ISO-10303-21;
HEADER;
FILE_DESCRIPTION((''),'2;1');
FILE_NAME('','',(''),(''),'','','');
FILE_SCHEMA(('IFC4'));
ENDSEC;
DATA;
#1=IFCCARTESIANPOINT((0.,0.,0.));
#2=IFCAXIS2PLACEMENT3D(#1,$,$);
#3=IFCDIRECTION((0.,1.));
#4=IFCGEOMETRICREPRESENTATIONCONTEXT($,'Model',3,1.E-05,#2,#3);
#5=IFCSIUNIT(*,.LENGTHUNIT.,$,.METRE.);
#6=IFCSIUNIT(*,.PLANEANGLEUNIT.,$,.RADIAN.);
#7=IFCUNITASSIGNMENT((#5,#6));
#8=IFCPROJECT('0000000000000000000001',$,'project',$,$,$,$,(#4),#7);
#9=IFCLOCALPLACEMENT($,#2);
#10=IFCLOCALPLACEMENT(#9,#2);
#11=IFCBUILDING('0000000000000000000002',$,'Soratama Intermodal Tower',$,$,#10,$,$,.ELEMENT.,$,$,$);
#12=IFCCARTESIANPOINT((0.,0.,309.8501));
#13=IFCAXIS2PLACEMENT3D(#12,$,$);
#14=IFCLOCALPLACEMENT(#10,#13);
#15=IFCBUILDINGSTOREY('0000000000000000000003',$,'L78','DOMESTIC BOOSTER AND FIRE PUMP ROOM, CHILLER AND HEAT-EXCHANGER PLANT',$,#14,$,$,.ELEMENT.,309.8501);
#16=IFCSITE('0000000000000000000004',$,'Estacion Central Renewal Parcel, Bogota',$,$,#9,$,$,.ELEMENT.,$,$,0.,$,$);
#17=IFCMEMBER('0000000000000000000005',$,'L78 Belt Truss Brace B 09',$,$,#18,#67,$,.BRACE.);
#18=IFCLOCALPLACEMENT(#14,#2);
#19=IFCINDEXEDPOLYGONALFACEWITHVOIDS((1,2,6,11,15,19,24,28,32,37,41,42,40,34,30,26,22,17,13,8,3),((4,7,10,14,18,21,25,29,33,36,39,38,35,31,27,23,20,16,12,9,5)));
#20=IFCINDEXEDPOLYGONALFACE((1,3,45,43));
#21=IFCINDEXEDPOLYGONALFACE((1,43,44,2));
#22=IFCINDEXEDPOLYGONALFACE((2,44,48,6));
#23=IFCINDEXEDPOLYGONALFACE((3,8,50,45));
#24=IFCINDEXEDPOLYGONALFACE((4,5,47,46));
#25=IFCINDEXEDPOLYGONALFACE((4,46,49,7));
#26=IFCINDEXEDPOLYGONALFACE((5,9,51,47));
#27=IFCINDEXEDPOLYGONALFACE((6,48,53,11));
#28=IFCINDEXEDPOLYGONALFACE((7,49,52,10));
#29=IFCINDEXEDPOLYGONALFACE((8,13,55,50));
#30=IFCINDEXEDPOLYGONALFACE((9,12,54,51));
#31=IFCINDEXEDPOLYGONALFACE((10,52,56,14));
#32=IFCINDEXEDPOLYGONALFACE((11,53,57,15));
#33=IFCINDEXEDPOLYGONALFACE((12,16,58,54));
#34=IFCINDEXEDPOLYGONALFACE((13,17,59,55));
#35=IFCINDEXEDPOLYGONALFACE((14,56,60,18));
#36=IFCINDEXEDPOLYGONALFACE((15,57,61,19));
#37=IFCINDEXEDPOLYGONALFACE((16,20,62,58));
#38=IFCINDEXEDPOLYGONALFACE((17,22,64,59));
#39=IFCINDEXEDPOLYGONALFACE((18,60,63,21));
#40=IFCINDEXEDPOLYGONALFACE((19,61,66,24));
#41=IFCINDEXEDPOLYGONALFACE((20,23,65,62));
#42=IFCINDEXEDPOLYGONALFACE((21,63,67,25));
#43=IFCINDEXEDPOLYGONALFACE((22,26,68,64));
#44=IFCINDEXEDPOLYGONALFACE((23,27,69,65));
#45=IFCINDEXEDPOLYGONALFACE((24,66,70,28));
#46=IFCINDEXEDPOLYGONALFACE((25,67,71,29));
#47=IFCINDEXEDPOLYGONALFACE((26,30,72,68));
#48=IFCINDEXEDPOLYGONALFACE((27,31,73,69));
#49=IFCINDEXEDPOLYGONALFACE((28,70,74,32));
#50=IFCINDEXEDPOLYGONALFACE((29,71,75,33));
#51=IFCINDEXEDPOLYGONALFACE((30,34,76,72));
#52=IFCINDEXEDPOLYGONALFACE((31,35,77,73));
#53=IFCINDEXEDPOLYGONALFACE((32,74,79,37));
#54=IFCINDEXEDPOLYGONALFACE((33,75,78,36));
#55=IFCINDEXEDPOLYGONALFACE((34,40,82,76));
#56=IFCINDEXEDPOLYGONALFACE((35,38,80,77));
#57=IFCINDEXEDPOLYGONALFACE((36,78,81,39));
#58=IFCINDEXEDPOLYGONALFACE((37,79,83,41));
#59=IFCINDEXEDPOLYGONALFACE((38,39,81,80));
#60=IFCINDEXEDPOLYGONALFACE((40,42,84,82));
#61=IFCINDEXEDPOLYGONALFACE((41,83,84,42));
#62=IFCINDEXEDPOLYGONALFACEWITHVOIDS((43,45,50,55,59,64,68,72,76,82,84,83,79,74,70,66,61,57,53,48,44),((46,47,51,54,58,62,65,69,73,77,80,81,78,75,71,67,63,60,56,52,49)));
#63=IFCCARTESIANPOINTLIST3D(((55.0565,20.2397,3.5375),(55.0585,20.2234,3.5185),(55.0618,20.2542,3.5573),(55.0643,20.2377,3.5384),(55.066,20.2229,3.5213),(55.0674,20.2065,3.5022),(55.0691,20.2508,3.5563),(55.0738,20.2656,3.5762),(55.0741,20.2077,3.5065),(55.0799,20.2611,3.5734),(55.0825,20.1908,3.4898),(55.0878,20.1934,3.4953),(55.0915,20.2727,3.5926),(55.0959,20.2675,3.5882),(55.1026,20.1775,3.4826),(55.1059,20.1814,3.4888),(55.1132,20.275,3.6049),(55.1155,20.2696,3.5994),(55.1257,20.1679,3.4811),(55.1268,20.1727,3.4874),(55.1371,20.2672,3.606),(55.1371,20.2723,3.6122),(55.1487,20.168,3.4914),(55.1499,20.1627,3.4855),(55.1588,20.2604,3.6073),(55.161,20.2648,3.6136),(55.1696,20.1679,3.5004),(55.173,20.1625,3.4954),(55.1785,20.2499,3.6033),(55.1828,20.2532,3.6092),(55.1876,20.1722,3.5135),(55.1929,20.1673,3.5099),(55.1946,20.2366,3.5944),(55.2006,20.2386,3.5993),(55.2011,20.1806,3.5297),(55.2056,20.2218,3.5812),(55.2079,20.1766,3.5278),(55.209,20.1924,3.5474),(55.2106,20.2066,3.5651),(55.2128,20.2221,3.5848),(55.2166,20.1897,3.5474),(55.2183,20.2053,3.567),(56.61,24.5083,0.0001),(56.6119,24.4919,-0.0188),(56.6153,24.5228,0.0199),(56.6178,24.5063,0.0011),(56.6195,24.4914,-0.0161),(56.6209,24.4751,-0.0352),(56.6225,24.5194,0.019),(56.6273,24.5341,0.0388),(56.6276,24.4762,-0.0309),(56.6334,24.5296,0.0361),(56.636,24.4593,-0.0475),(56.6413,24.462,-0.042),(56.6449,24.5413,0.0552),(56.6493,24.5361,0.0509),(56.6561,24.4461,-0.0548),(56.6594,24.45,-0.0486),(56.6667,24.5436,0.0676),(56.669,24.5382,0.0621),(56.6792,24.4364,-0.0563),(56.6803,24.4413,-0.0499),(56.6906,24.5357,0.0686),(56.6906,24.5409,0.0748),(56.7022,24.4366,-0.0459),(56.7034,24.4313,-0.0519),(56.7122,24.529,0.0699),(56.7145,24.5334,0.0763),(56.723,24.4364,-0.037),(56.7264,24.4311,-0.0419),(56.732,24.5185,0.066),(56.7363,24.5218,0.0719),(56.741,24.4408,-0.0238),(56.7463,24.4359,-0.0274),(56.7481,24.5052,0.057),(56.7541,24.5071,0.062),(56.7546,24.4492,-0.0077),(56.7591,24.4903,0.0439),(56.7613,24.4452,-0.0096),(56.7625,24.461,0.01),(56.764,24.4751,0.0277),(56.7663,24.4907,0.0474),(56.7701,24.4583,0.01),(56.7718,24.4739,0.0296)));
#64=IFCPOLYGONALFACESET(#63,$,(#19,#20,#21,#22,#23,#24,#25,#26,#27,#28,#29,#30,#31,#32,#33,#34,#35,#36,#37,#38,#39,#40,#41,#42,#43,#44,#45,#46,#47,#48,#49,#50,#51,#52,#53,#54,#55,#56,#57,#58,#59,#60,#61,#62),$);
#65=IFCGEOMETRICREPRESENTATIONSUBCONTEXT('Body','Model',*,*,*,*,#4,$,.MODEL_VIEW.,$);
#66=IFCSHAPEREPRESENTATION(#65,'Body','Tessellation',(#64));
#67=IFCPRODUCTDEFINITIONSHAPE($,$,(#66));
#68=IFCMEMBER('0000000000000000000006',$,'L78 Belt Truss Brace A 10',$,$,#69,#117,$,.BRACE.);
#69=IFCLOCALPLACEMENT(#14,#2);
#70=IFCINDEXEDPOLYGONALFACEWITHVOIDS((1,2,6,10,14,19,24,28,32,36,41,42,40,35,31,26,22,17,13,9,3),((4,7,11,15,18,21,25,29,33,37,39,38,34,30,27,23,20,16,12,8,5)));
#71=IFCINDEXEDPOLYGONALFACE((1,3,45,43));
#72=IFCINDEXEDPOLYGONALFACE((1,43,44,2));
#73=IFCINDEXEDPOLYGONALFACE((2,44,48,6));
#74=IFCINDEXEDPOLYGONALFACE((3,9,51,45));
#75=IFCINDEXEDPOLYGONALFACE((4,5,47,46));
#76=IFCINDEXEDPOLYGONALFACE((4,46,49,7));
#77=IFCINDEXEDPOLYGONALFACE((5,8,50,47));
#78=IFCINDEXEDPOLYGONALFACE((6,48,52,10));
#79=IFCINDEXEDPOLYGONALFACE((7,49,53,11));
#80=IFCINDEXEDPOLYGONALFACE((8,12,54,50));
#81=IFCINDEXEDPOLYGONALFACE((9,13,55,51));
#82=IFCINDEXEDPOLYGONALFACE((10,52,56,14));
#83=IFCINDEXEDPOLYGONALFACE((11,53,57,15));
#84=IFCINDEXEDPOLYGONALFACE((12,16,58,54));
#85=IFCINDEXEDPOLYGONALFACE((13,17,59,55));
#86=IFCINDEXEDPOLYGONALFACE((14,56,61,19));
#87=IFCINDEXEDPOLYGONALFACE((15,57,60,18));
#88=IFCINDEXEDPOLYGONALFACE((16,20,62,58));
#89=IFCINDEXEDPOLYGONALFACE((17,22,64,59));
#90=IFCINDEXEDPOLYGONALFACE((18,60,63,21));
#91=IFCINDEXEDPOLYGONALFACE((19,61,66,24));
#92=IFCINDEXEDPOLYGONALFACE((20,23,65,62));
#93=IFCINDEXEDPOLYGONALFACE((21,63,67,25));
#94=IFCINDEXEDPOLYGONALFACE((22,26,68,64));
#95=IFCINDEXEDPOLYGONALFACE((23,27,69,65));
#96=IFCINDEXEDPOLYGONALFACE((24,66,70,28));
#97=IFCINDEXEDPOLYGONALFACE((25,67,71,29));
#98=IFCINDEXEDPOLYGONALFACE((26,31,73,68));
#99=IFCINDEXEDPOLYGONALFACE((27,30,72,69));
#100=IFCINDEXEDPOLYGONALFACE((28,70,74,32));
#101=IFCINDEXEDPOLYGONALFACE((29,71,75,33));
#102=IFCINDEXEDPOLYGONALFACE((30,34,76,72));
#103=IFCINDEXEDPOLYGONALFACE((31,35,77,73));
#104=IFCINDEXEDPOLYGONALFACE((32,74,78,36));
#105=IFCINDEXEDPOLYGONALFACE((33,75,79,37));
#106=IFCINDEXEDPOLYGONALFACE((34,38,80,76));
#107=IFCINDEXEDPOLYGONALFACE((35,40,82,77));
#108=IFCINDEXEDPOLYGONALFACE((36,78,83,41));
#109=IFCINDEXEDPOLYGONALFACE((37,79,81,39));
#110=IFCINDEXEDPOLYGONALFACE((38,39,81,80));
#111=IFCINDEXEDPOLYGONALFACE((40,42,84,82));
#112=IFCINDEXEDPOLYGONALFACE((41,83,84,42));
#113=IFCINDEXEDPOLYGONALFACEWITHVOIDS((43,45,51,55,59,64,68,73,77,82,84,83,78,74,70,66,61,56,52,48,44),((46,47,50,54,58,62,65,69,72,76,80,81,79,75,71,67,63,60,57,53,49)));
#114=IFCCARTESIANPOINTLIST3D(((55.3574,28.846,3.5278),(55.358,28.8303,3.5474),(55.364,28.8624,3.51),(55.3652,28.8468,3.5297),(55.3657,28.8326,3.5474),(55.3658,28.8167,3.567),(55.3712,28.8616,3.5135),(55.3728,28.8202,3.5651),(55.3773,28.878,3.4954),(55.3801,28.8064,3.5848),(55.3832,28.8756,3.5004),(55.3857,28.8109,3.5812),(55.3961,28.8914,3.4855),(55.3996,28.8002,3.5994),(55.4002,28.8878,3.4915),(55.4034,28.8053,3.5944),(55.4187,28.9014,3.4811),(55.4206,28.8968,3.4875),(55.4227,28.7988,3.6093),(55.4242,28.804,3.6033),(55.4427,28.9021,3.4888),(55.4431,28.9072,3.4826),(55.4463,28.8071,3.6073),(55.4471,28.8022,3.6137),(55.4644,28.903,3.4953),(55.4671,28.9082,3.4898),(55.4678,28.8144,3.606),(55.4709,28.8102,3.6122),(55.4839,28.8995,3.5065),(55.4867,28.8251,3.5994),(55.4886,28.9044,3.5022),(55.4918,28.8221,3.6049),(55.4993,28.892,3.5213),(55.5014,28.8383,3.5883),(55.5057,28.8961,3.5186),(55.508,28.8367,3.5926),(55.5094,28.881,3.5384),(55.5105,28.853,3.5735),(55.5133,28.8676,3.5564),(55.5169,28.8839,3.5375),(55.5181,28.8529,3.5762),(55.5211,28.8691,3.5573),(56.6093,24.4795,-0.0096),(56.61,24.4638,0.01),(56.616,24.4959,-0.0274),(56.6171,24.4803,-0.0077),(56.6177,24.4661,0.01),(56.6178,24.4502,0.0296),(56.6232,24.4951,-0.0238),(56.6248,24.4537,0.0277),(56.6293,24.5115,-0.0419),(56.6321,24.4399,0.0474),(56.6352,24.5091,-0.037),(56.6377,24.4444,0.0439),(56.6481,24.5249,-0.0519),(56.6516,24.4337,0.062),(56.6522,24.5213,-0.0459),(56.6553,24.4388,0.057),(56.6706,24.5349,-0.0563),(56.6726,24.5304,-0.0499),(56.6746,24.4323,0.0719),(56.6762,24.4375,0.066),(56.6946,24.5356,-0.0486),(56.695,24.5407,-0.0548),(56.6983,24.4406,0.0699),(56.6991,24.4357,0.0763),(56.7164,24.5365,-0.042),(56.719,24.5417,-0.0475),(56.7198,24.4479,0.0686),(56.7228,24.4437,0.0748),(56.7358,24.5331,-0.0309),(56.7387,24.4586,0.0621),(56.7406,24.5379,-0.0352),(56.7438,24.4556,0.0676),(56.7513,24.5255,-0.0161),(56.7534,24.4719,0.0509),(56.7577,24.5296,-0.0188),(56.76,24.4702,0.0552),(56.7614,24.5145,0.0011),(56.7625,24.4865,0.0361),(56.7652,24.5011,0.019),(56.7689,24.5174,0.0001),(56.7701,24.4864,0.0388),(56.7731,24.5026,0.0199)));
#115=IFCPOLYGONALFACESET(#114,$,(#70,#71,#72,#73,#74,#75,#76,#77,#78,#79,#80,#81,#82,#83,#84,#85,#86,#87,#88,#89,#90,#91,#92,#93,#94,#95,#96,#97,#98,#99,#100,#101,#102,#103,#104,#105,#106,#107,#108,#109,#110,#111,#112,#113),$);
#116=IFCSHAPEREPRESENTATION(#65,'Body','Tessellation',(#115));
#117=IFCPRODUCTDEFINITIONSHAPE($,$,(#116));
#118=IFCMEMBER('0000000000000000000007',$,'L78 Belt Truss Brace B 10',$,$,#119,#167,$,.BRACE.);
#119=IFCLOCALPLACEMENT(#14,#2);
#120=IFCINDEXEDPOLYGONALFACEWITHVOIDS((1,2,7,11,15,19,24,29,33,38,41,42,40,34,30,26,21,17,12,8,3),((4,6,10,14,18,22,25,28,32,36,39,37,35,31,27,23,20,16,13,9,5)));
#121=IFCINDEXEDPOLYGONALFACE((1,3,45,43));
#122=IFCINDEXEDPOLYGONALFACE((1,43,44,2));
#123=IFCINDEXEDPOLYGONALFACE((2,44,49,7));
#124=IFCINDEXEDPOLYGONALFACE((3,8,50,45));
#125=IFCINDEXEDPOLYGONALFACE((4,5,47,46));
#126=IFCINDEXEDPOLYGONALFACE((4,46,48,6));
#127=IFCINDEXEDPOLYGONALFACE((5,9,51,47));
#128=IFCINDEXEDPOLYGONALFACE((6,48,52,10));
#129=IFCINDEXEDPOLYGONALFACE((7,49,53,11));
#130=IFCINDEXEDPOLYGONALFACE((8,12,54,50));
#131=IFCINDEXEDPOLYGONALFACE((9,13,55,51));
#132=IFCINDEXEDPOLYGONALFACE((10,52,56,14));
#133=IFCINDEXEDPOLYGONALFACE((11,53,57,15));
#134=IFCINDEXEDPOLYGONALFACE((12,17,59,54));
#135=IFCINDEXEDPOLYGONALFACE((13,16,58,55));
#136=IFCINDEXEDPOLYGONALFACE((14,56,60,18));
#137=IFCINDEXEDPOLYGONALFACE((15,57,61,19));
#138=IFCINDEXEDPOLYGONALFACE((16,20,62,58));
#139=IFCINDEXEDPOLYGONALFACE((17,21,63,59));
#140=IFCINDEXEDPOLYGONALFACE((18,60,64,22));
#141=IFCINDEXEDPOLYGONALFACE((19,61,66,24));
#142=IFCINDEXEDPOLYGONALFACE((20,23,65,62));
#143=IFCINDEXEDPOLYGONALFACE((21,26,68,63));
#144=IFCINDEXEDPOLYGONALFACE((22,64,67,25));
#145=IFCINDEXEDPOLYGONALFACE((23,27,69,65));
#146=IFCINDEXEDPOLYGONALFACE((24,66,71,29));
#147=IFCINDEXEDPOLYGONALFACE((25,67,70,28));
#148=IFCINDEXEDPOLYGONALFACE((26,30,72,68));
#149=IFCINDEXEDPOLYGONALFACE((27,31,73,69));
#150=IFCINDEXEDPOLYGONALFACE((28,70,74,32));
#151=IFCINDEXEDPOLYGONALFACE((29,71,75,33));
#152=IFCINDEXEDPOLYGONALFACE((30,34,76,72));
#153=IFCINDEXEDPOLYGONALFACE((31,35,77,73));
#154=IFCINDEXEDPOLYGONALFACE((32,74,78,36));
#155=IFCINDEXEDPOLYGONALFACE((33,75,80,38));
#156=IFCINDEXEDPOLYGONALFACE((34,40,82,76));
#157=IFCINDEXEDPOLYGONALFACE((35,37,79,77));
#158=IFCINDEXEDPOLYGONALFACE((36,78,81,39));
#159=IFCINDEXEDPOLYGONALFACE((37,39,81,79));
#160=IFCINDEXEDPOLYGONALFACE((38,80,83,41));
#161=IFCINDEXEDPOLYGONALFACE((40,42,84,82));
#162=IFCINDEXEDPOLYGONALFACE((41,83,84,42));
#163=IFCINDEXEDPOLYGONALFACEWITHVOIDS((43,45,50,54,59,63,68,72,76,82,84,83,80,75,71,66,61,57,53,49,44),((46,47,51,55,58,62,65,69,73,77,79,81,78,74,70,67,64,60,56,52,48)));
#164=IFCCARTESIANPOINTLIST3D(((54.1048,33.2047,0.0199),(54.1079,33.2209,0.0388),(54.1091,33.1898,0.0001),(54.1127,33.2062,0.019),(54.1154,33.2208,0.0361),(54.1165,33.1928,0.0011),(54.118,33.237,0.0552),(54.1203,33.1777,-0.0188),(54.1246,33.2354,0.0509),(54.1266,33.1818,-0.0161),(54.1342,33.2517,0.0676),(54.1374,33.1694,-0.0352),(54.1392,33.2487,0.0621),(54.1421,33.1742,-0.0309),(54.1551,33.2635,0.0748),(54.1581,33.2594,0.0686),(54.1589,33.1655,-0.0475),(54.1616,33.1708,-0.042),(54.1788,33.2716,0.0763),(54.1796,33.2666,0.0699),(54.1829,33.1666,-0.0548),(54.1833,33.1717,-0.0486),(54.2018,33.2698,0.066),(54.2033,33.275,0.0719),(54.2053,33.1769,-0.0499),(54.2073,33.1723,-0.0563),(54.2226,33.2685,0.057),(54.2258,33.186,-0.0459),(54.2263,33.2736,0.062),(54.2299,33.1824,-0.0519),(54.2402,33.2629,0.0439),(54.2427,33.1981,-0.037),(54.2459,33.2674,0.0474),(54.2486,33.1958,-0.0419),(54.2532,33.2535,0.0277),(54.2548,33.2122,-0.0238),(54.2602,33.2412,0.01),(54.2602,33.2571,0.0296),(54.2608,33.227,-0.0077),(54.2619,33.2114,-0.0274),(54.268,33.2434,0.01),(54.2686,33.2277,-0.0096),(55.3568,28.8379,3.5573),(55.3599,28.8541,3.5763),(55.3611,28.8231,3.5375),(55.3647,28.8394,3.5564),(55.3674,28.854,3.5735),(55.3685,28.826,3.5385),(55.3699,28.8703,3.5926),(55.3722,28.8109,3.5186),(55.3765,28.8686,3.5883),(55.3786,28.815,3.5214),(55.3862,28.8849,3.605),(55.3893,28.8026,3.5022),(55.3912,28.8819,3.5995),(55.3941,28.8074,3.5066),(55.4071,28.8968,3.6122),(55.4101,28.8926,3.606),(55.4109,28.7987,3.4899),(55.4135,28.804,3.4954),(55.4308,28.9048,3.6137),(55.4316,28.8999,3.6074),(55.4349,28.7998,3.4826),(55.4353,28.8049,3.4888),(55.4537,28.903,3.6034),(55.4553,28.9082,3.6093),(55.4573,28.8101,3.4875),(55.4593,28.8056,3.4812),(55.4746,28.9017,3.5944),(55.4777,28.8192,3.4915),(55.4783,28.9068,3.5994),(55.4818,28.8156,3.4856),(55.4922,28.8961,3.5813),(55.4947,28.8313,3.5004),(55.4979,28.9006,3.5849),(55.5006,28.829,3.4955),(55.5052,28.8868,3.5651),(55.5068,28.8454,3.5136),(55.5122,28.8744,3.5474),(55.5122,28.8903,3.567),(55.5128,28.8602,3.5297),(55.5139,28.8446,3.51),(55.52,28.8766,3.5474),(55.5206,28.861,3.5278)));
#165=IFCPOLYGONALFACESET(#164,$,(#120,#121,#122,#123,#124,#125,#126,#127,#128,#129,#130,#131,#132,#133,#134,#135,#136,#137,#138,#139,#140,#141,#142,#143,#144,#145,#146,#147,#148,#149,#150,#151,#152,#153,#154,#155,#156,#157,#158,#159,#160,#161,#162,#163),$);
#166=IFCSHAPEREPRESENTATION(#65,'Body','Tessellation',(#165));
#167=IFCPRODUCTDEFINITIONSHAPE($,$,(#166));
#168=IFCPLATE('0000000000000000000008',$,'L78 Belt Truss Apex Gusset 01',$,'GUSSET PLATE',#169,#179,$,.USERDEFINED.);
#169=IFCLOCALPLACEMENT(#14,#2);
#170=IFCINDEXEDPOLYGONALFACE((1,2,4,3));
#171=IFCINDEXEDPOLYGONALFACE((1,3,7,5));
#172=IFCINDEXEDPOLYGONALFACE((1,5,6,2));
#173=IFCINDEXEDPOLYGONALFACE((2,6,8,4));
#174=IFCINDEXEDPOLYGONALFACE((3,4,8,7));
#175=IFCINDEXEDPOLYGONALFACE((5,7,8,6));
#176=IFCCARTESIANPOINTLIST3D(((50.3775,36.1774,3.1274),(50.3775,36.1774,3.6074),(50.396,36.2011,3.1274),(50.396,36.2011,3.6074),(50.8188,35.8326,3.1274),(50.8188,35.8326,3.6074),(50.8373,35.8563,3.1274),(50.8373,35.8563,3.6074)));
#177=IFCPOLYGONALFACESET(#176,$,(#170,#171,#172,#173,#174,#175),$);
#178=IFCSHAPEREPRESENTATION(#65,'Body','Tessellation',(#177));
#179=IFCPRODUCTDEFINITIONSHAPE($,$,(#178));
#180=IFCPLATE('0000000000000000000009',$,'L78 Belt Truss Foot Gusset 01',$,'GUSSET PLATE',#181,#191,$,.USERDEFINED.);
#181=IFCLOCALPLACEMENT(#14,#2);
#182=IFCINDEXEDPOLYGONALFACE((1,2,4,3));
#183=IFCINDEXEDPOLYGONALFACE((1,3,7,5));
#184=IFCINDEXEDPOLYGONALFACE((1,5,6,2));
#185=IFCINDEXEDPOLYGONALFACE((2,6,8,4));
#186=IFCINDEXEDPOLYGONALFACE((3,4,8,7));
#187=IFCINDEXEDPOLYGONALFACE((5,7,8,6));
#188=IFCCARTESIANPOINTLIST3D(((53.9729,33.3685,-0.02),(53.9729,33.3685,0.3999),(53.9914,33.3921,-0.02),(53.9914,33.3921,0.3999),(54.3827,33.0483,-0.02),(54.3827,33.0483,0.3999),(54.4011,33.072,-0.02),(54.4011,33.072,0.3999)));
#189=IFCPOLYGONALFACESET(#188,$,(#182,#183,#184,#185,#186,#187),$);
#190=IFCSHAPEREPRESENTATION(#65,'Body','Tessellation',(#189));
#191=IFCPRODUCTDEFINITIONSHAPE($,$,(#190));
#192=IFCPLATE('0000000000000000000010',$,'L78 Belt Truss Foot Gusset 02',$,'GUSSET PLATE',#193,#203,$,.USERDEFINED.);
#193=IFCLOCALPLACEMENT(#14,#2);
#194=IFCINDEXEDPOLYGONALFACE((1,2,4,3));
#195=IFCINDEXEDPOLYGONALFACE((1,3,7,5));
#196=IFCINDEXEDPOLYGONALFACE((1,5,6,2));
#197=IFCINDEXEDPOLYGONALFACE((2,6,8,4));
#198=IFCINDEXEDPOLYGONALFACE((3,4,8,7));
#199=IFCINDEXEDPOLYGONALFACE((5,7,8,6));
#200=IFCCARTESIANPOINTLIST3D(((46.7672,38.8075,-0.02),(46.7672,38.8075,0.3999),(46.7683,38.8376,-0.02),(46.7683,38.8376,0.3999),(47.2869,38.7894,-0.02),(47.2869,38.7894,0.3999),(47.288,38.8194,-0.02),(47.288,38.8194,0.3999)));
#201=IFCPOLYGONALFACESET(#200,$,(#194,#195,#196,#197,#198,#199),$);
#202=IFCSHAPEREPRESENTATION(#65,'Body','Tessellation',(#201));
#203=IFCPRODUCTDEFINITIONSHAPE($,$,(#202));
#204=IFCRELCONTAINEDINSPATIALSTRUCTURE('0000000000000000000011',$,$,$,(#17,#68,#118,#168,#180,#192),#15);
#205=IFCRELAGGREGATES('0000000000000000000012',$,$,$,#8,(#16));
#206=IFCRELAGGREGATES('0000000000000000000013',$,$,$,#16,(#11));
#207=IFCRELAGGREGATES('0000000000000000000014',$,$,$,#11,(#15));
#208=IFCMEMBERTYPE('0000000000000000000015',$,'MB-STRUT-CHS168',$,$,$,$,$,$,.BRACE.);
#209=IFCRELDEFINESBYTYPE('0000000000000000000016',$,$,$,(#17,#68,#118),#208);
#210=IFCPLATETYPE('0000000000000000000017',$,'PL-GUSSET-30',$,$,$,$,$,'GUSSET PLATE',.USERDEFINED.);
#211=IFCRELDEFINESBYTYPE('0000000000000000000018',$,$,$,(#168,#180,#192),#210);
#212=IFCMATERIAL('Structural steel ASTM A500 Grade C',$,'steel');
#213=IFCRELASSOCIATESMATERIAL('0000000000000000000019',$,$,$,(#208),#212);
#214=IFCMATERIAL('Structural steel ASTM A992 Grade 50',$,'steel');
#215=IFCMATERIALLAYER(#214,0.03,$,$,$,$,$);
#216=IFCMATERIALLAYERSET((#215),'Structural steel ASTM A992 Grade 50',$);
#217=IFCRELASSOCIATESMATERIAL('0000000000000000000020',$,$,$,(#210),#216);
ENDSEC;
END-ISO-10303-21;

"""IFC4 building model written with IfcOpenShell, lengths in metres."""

from ifc_helpers import new_model, si_unit, direction, frame, origin, origin_2d, place, context, subcontext, project, spatial, rectangle, hollow_circle, extrude, material, layer, layer_set, material_profile, profile_set, type_object, element, save


model = new_model("IFC4")

# Units and contexts
model_context = context("Model", 3, precision=1e-05, world=origin(), true_north=direction((0.0, 1.0)))
body_context = subcontext(model_context, "Body", "Model", "MODEL_VIEW")
ifc_project = project(units=[si_unit("LENGTHUNIT", "METRE"), si_unit("PLANEANGLEUNIT", "RADIAN")], contexts=[model_context])

# Site, building, storey
site_placement = place(None, origin())
site = spatial("IfcSite", under=ifc_project, at=site_placement, Name="Estacion Central Renewal Parcel, Bogota", CompositionType="ELEMENT", RefElevation=0.0)
building_placement = place(site_placement, origin())
building = spatial("IfcBuilding", under=site, at=building_placement, Name="Soratama Intermodal Tower", CompositionType="ELEMENT")
storey_placement = place(building_placement, frame((0.0, 0.0, 309.8501)))
storey = spatial("IfcBuildingStorey", under=building, at=storey_placement, Name="L78", Description="DOMESTIC BOOSTER AND FIRE PUMP ROOM, CHILLER AND HEAT-EXCHANGER PLANT", CompositionType="ELEMENT", Elevation=309.8501)

# Members
ifc_material_1 = material(Name="Structural steel ASTM A500 Grade C", Category="steel")
ifc_material_profile_1 = material_profile(ifc_material_1, hollow_circle(Radius=0.0842, WallThickness=0.0081, at=origin_2d()), Name="CHS168X8")
ifc_profile_set_1 = profile_set([ifc_material_profile_1], Name="Structural steel ASTM A500 Grade C")
member_type = type_object("IfcMemberType", Name="MB-STRUT-CHS168", PredefinedType="BRACE", material=ifc_profile_set_1)
for number, where, z_axis, x_axis, name in (
    (1, (56.6909, 24.4871, 0.01), (-0.269825, -0.741414, 0.61441), (0.939704, -0.341989, 0.0), "L78 Belt Truss Brace B 09"),
    (2, (56.6909, 24.4871, 0.01), (-0.217456, 0.758424, 0.614415), (-0.961268, -0.275615, 0.0), "L78 Belt Truss Brace A 10"),
):
    element("IfcMember", number, at=place(storey_placement, frame(where, z_axis=z_axis, x_axis=x_axis)), inside=storey, type_object=member_type, Name=name, PredefinedType="BRACE", context=body_context, shape_type="SweptSolid", body=[
        extrude(hollow_circle(Radius=0.0842, WallThickness=0.0081, at=origin_2d()), origin(), (0.0, 0.0, 1.0), 5.7573),
    ])
member_placement = place(storey_placement, frame((54.187, 33.2202, 0.01), z_axis=(0.217449, -0.758442, 0.614395), x_axis=(0.961272, 0.275601, 0.0)))
element("IfcMember", 3, at=member_placement, inside=storey, type_object=member_type, Name="L78 Belt Truss Brace B 10", PredefinedType="BRACE", context=body_context, shape_type="SweptSolid", body=[
    extrude(hollow_circle(Radius=0.0842, WallThickness=0.0081, at=origin_2d()), origin(), (0.0, 0.0, 1.0), 5.7576),
])

# Plates
ifc_material_2 = material(Name="Structural steel ASTM A992 Grade 50", Category="steel")
ifc_layer_1 = layer(ifc_material_2, 0.03)
ifc_layer_set_1 = layer_set([ifc_layer_1], Name="Structural steel ASTM A992 Grade 50")
plate_type = type_object("IfcPlateType", Name="PL-GUSSET-30", ElementType="GUSSET PLATE", PredefinedType="USERDEFINED", material=ifc_layer_set_1)
plate_1_placement = place(storey_placement, frame((50.6074, 36.0168, 3.1274), z_axis=(0.0, 0.0, 1.0), x_axis=(-0.788011, 0.615661, 0.0)))
element("IfcPlate", 4, at=plate_1_placement, inside=storey, type_object=plate_type, Name="L78 Belt Truss Apex Gusset 01", ObjectType="GUSSET PLATE", PredefinedType="USERDEFINED", context=body_context, shape_type="SweptSolid", body=[
    extrude(rectangle(XDim=0.5601, YDim=0.03, at=origin_2d()), origin(), (0.0, 0.0, 1.0), 0.48),
])
for number, where, z_axis, x_axis, name in (
    (5, (54.187, 33.2202, -0.02), (0.0, 0.0, 1.0), (-0.788011, 0.615661, 0.0), "L78 Belt Truss Foot Gusset 01"),
    (6, (47.0276, 38.8135, -0.02), (0.0, 0.0, 1.0), (-0.999391, 0.034899, 0.0), "L78 Belt Truss Foot Gusset 02"),
):
    element("IfcPlate", number, at=place(storey_placement, frame(where, z_axis=z_axis, x_axis=x_axis)), inside=storey, type_object=plate_type, Name=name, ObjectType="GUSSET PLATE", PredefinedType="USERDEFINED", context=body_context, shape_type="SweptSolid", body=[
        extrude(rectangle(XDim=0.52, YDim=0.03, at=origin_2d()), origin(), (0.0, 0.0, 1.0), 0.4199),
    ])

save(model, "model.ifc")
